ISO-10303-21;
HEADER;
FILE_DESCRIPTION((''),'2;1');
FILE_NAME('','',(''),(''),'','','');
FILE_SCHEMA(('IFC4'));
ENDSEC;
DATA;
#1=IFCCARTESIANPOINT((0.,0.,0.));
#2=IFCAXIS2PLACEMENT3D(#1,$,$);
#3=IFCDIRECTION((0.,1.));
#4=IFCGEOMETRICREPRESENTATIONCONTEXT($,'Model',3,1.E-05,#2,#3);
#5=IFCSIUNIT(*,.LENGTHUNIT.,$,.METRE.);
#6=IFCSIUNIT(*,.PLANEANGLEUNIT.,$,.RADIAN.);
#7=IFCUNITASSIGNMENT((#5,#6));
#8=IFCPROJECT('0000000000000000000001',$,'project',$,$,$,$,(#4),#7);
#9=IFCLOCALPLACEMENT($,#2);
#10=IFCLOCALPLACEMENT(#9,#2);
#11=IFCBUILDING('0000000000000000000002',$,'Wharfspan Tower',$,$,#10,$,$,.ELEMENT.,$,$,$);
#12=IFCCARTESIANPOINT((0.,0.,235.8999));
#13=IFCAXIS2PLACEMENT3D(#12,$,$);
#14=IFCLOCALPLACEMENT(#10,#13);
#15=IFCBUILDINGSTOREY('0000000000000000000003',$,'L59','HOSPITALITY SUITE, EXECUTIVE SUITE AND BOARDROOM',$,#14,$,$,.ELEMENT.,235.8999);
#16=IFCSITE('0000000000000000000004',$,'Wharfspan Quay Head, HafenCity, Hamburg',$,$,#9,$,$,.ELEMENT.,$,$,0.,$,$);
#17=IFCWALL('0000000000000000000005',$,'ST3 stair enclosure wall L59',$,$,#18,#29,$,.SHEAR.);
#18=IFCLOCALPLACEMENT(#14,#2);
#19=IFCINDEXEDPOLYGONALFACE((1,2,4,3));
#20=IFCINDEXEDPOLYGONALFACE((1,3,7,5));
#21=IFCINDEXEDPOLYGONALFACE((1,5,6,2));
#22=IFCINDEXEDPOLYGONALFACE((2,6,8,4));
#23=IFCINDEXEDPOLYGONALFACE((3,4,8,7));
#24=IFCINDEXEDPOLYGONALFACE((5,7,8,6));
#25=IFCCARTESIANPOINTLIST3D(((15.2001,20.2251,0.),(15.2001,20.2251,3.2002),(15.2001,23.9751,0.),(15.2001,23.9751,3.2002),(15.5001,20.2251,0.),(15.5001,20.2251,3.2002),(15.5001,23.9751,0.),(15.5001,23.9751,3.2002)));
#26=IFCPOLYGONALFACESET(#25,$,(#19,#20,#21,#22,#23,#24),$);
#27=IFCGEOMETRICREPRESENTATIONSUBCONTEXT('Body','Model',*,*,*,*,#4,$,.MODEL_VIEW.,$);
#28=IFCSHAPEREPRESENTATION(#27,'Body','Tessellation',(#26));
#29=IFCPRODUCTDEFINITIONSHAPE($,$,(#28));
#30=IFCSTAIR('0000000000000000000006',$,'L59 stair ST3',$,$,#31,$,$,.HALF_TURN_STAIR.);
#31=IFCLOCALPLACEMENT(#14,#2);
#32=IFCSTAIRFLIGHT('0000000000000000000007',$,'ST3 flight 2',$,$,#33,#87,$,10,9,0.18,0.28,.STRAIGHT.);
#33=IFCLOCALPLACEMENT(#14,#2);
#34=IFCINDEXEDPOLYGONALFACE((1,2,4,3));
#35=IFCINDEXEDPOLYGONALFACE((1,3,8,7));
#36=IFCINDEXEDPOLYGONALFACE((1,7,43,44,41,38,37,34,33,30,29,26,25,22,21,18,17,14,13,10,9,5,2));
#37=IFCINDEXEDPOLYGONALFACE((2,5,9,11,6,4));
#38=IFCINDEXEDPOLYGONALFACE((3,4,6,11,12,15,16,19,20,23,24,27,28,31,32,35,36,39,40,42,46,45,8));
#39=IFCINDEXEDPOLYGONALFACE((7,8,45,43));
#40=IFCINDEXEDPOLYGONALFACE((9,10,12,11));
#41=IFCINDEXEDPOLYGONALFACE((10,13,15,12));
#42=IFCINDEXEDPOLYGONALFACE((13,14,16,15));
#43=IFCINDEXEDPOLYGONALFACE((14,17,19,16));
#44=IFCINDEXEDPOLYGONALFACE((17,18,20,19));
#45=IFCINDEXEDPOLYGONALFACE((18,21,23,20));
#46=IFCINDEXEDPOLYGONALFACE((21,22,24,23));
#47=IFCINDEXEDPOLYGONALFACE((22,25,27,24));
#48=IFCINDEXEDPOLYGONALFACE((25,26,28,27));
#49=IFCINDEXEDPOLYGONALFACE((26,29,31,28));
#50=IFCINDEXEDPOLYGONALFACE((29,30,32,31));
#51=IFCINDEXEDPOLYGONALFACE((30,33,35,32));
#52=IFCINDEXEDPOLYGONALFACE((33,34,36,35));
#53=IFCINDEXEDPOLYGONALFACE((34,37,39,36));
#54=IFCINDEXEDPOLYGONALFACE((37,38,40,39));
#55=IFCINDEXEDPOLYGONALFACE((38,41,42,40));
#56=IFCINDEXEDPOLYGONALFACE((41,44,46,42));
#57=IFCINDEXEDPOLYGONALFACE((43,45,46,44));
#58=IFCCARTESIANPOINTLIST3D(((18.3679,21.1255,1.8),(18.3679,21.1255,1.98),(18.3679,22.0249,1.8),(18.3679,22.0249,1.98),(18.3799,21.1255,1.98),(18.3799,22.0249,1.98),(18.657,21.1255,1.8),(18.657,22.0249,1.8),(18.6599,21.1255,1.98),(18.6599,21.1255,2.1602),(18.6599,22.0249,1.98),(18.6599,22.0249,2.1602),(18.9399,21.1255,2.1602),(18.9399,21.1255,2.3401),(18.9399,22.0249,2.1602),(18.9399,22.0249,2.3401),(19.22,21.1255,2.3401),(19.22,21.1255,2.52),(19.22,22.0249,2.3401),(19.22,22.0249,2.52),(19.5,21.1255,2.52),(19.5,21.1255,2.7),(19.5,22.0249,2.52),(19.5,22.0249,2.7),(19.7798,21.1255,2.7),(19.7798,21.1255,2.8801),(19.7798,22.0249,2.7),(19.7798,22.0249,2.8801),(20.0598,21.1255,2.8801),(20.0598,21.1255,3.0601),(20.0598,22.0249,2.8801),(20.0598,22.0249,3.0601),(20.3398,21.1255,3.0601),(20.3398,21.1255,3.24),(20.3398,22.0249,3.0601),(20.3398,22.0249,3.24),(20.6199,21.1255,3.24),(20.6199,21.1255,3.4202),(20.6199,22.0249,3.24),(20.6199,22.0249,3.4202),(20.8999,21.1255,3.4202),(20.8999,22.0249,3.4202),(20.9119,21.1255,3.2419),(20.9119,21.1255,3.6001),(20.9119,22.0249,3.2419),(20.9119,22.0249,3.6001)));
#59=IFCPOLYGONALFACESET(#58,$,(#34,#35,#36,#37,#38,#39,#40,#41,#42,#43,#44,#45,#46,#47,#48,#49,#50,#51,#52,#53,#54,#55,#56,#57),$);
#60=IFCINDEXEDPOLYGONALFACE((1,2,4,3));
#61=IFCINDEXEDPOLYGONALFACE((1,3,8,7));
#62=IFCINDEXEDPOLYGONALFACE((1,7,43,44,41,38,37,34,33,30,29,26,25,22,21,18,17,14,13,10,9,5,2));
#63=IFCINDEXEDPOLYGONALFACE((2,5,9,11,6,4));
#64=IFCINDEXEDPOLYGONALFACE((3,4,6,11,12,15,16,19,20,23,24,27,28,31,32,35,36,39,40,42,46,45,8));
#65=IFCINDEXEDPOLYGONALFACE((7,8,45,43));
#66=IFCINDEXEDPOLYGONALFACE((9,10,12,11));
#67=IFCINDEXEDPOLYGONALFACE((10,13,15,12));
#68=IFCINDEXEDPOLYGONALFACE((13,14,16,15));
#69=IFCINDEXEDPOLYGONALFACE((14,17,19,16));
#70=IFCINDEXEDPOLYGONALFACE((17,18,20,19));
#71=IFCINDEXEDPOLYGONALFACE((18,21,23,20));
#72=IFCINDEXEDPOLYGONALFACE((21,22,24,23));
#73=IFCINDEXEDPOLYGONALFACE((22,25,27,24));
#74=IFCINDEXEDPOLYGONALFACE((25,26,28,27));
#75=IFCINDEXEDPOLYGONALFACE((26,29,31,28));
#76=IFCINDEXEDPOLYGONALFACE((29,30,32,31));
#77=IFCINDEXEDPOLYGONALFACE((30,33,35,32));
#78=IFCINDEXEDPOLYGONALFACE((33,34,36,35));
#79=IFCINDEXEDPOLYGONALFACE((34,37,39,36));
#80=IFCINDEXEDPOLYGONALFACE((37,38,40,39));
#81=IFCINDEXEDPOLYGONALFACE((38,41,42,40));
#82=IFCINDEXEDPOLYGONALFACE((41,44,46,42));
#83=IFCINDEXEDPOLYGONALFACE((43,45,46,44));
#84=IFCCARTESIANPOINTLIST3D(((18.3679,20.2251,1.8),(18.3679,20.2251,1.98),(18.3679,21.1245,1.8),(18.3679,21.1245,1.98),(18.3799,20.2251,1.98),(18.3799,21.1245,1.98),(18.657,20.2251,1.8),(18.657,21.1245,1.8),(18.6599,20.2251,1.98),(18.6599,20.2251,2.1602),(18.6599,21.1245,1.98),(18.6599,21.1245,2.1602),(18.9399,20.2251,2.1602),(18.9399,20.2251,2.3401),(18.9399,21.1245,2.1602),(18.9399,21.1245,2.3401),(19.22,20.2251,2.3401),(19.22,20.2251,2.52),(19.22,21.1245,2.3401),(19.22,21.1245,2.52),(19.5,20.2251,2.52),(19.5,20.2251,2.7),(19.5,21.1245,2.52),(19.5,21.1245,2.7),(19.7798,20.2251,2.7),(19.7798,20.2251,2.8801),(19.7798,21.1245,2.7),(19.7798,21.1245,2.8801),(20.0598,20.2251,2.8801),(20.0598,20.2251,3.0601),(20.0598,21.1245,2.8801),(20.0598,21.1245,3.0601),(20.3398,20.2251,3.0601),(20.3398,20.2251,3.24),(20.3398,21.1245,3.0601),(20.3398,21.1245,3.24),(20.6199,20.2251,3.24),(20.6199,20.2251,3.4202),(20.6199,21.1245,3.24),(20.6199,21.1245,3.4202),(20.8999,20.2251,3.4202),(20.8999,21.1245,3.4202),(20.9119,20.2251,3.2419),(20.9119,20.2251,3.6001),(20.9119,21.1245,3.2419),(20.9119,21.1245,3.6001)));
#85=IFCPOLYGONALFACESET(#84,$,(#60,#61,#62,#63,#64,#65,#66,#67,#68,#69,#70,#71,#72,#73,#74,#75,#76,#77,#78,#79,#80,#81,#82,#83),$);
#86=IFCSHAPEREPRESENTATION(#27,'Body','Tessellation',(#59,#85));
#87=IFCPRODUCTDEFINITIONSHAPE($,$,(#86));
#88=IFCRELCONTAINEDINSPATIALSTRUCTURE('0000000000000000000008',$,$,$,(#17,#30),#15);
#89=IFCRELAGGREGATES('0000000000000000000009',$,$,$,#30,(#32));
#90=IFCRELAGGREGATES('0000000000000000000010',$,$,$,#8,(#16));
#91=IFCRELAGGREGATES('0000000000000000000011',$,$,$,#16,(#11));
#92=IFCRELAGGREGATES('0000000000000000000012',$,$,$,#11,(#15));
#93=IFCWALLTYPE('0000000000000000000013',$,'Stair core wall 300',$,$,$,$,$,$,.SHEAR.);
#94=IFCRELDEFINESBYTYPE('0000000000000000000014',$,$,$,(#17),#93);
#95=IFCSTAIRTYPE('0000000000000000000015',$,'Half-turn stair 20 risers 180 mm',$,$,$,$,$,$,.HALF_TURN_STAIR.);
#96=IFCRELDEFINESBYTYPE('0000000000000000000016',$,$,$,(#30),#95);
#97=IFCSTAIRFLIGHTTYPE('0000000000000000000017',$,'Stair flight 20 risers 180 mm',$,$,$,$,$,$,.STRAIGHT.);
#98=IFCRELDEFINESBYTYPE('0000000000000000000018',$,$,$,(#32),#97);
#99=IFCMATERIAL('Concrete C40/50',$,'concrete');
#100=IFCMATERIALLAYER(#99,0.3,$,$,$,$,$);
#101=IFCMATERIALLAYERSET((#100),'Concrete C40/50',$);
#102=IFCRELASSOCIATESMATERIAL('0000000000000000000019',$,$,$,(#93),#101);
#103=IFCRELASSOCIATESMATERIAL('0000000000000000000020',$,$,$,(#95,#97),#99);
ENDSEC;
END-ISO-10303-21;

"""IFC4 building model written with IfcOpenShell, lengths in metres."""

from ifc_helpers import new_model, si_unit, direction, frame, frame_2d, origin, place, context, subcontext, project, spatial, polyline, rectangle, outline, extrude, material, layer, layer_set, type_object, element, aggregate, save


model = new_model("IFC4")

# Units and contexts
model_context = context("Model", 3, precision=1e-05, world=origin(), true_north=direction((0.0, 1.0)))
body_context = subcontext(model_context, "Body", "Model", "MODEL_VIEW")
ifc_project = project(units=[si_unit("LENGTHUNIT", "METRE"), si_unit("PLANEANGLEUNIT", "RADIAN")], contexts=[model_context])

# Site, building, storey
site_placement = place(None, origin())
site = spatial("IfcSite", under=ifc_project, at=site_placement, Name="Wharfspan Quay Head, HafenCity, Hamburg", CompositionType="ELEMENT", RefElevation=0.0)
building_placement = place(site_placement, origin())
building = spatial("IfcBuilding", under=site, at=building_placement, Name="Wharfspan Tower", CompositionType="ELEMENT")
storey_placement = place(building_placement, frame((0.0, 0.0, 235.8999)))
storey = spatial("IfcBuildingStorey", under=building, at=storey_placement, Name="L59", Description="HOSPITALITY SUITE, EXECUTIVE SUITE AND BOARDROOM", CompositionType="ELEMENT", Elevation=235.8999)

# Wall
ifc_material_1 = material(Name="Concrete C40/50", Category="concrete")
ifc_layer_1 = layer(ifc_material_1, 0.3)
ifc_layer_set_1 = layer_set([ifc_layer_1], Name="Concrete C40/50")
wall_type_1 = type_object("IfcWallType", Name="Stair core wall 300", PredefinedType="SHEAR", material=ifc_layer_set_1)
wall_1_placement = place(storey_placement, frame((15.3501, 20.2251, 0.0), z_axis=(0.0, 0.0, 1.0), x_axis=(0.0, 1.0, 0.0)))
element("IfcWall", 1, at=wall_1_placement, inside=storey, type_object=wall_type_1, Name="ST3 stair enclosure wall L59", PredefinedType="SHEAR", context=body_context, shape_type="SweptSolid", body=[
    extrude(rectangle(XDim=3.75, YDim=0.3, at=frame_2d((1.875, 0.0))), origin(), (0.0, 0.0, 1.0), 3.2002),
])

# Stair, stair flight
stair_type = type_object("IfcStairType", Name="Half-turn stair 20 risers 180 mm", PredefinedType="HALF_TURN_STAIR", material=ifc_material_1)
stair_placement = place(storey_placement, origin())
stair = element("IfcStair", 2, at=stair_placement, inside=storey, type_object=stair_type, Name="L59 stair ST3", PredefinedType="HALF_TURN_STAIR")
stair_flight_type = type_object("IfcStairFlightType", Name="Stair flight 20 risers 180 mm", PredefinedType="STRAIGHT", material=ifc_material_1)
stair_flight_placement = place(storey_placement, frame((18.3799, 21.125, 1.8), z_axis=(0.0, 0.0, 1.0), x_axis=(1.0, 0.0, 0.0)))
stair_flight = element("IfcStairFlight", 3, at=stair_flight_placement, type_object=stair_flight_type, Name="ST3 flight 2", NumberOfRisers=10, NumberOfTreads=9, PredefinedType="STRAIGHT", RiserHeight=0.18, TreadLength=0.28, context=body_context, shape_type="SweptSolid", body=[
    extrude(outline(polyline([(-0.012, 0.0), (-0.012, 0.1799), (0.0, 0.1799), (0.28, 0.1799), (0.28, 0.3601), (0.5601, 0.3601), (0.5601, 0.54), (0.8401, 0.54), (0.8401, 0.72), (1.1201, 0.72), (1.1201, 0.8999), (1.3999, 0.8999), (1.3999, 1.0801), (1.6799, 1.0801), (1.6799, 1.26), (1.96, 1.26), (1.96, 1.4399), (2.24, 1.4399), (2.24, 1.6201), (2.52, 1.6201), (2.532, 1.8), (2.532, 1.4419), (0.2771, 0.0), (-0.012, 0.0)])), frame((0.0, 0.8999, 0.0), z_axis=(0.0, -1.0, 0.0), x_axis=(1.0, 0.0, 0.0)), (0.0, 0.0, 1.0), 0.8994),
    extrude(outline(polyline([(-0.012, 0.0), (-0.012, 0.1799), (0.0, 0.1799), (0.28, 0.1799), (0.28, 0.3601), (0.5601, 0.3601), (0.5601, 0.54), (0.8401, 0.54), (0.8401, 0.72), (1.1201, 0.72), (1.1201, 0.8999), (1.3999, 0.8999), (1.3999, 1.0801), (1.6799, 1.0801), (1.6799, 1.26), (1.96, 1.26), (1.96, 1.4399), (2.24, 1.4399), (2.24, 1.6201), (2.52, 1.6201), (2.532, 1.8), (2.532, 1.4419), (0.2771, 0.0), (-0.012, 0.0)])), frame((0.0, -0.0005, 0.0), z_axis=(0.0, -1.0, 0.0), x_axis=(1.0, 0.0, 0.0)), (0.0, 0.0, 1.0), 0.8994),
])
aggregate(stair, [stair_flight])

save(model, "model.ifc")
